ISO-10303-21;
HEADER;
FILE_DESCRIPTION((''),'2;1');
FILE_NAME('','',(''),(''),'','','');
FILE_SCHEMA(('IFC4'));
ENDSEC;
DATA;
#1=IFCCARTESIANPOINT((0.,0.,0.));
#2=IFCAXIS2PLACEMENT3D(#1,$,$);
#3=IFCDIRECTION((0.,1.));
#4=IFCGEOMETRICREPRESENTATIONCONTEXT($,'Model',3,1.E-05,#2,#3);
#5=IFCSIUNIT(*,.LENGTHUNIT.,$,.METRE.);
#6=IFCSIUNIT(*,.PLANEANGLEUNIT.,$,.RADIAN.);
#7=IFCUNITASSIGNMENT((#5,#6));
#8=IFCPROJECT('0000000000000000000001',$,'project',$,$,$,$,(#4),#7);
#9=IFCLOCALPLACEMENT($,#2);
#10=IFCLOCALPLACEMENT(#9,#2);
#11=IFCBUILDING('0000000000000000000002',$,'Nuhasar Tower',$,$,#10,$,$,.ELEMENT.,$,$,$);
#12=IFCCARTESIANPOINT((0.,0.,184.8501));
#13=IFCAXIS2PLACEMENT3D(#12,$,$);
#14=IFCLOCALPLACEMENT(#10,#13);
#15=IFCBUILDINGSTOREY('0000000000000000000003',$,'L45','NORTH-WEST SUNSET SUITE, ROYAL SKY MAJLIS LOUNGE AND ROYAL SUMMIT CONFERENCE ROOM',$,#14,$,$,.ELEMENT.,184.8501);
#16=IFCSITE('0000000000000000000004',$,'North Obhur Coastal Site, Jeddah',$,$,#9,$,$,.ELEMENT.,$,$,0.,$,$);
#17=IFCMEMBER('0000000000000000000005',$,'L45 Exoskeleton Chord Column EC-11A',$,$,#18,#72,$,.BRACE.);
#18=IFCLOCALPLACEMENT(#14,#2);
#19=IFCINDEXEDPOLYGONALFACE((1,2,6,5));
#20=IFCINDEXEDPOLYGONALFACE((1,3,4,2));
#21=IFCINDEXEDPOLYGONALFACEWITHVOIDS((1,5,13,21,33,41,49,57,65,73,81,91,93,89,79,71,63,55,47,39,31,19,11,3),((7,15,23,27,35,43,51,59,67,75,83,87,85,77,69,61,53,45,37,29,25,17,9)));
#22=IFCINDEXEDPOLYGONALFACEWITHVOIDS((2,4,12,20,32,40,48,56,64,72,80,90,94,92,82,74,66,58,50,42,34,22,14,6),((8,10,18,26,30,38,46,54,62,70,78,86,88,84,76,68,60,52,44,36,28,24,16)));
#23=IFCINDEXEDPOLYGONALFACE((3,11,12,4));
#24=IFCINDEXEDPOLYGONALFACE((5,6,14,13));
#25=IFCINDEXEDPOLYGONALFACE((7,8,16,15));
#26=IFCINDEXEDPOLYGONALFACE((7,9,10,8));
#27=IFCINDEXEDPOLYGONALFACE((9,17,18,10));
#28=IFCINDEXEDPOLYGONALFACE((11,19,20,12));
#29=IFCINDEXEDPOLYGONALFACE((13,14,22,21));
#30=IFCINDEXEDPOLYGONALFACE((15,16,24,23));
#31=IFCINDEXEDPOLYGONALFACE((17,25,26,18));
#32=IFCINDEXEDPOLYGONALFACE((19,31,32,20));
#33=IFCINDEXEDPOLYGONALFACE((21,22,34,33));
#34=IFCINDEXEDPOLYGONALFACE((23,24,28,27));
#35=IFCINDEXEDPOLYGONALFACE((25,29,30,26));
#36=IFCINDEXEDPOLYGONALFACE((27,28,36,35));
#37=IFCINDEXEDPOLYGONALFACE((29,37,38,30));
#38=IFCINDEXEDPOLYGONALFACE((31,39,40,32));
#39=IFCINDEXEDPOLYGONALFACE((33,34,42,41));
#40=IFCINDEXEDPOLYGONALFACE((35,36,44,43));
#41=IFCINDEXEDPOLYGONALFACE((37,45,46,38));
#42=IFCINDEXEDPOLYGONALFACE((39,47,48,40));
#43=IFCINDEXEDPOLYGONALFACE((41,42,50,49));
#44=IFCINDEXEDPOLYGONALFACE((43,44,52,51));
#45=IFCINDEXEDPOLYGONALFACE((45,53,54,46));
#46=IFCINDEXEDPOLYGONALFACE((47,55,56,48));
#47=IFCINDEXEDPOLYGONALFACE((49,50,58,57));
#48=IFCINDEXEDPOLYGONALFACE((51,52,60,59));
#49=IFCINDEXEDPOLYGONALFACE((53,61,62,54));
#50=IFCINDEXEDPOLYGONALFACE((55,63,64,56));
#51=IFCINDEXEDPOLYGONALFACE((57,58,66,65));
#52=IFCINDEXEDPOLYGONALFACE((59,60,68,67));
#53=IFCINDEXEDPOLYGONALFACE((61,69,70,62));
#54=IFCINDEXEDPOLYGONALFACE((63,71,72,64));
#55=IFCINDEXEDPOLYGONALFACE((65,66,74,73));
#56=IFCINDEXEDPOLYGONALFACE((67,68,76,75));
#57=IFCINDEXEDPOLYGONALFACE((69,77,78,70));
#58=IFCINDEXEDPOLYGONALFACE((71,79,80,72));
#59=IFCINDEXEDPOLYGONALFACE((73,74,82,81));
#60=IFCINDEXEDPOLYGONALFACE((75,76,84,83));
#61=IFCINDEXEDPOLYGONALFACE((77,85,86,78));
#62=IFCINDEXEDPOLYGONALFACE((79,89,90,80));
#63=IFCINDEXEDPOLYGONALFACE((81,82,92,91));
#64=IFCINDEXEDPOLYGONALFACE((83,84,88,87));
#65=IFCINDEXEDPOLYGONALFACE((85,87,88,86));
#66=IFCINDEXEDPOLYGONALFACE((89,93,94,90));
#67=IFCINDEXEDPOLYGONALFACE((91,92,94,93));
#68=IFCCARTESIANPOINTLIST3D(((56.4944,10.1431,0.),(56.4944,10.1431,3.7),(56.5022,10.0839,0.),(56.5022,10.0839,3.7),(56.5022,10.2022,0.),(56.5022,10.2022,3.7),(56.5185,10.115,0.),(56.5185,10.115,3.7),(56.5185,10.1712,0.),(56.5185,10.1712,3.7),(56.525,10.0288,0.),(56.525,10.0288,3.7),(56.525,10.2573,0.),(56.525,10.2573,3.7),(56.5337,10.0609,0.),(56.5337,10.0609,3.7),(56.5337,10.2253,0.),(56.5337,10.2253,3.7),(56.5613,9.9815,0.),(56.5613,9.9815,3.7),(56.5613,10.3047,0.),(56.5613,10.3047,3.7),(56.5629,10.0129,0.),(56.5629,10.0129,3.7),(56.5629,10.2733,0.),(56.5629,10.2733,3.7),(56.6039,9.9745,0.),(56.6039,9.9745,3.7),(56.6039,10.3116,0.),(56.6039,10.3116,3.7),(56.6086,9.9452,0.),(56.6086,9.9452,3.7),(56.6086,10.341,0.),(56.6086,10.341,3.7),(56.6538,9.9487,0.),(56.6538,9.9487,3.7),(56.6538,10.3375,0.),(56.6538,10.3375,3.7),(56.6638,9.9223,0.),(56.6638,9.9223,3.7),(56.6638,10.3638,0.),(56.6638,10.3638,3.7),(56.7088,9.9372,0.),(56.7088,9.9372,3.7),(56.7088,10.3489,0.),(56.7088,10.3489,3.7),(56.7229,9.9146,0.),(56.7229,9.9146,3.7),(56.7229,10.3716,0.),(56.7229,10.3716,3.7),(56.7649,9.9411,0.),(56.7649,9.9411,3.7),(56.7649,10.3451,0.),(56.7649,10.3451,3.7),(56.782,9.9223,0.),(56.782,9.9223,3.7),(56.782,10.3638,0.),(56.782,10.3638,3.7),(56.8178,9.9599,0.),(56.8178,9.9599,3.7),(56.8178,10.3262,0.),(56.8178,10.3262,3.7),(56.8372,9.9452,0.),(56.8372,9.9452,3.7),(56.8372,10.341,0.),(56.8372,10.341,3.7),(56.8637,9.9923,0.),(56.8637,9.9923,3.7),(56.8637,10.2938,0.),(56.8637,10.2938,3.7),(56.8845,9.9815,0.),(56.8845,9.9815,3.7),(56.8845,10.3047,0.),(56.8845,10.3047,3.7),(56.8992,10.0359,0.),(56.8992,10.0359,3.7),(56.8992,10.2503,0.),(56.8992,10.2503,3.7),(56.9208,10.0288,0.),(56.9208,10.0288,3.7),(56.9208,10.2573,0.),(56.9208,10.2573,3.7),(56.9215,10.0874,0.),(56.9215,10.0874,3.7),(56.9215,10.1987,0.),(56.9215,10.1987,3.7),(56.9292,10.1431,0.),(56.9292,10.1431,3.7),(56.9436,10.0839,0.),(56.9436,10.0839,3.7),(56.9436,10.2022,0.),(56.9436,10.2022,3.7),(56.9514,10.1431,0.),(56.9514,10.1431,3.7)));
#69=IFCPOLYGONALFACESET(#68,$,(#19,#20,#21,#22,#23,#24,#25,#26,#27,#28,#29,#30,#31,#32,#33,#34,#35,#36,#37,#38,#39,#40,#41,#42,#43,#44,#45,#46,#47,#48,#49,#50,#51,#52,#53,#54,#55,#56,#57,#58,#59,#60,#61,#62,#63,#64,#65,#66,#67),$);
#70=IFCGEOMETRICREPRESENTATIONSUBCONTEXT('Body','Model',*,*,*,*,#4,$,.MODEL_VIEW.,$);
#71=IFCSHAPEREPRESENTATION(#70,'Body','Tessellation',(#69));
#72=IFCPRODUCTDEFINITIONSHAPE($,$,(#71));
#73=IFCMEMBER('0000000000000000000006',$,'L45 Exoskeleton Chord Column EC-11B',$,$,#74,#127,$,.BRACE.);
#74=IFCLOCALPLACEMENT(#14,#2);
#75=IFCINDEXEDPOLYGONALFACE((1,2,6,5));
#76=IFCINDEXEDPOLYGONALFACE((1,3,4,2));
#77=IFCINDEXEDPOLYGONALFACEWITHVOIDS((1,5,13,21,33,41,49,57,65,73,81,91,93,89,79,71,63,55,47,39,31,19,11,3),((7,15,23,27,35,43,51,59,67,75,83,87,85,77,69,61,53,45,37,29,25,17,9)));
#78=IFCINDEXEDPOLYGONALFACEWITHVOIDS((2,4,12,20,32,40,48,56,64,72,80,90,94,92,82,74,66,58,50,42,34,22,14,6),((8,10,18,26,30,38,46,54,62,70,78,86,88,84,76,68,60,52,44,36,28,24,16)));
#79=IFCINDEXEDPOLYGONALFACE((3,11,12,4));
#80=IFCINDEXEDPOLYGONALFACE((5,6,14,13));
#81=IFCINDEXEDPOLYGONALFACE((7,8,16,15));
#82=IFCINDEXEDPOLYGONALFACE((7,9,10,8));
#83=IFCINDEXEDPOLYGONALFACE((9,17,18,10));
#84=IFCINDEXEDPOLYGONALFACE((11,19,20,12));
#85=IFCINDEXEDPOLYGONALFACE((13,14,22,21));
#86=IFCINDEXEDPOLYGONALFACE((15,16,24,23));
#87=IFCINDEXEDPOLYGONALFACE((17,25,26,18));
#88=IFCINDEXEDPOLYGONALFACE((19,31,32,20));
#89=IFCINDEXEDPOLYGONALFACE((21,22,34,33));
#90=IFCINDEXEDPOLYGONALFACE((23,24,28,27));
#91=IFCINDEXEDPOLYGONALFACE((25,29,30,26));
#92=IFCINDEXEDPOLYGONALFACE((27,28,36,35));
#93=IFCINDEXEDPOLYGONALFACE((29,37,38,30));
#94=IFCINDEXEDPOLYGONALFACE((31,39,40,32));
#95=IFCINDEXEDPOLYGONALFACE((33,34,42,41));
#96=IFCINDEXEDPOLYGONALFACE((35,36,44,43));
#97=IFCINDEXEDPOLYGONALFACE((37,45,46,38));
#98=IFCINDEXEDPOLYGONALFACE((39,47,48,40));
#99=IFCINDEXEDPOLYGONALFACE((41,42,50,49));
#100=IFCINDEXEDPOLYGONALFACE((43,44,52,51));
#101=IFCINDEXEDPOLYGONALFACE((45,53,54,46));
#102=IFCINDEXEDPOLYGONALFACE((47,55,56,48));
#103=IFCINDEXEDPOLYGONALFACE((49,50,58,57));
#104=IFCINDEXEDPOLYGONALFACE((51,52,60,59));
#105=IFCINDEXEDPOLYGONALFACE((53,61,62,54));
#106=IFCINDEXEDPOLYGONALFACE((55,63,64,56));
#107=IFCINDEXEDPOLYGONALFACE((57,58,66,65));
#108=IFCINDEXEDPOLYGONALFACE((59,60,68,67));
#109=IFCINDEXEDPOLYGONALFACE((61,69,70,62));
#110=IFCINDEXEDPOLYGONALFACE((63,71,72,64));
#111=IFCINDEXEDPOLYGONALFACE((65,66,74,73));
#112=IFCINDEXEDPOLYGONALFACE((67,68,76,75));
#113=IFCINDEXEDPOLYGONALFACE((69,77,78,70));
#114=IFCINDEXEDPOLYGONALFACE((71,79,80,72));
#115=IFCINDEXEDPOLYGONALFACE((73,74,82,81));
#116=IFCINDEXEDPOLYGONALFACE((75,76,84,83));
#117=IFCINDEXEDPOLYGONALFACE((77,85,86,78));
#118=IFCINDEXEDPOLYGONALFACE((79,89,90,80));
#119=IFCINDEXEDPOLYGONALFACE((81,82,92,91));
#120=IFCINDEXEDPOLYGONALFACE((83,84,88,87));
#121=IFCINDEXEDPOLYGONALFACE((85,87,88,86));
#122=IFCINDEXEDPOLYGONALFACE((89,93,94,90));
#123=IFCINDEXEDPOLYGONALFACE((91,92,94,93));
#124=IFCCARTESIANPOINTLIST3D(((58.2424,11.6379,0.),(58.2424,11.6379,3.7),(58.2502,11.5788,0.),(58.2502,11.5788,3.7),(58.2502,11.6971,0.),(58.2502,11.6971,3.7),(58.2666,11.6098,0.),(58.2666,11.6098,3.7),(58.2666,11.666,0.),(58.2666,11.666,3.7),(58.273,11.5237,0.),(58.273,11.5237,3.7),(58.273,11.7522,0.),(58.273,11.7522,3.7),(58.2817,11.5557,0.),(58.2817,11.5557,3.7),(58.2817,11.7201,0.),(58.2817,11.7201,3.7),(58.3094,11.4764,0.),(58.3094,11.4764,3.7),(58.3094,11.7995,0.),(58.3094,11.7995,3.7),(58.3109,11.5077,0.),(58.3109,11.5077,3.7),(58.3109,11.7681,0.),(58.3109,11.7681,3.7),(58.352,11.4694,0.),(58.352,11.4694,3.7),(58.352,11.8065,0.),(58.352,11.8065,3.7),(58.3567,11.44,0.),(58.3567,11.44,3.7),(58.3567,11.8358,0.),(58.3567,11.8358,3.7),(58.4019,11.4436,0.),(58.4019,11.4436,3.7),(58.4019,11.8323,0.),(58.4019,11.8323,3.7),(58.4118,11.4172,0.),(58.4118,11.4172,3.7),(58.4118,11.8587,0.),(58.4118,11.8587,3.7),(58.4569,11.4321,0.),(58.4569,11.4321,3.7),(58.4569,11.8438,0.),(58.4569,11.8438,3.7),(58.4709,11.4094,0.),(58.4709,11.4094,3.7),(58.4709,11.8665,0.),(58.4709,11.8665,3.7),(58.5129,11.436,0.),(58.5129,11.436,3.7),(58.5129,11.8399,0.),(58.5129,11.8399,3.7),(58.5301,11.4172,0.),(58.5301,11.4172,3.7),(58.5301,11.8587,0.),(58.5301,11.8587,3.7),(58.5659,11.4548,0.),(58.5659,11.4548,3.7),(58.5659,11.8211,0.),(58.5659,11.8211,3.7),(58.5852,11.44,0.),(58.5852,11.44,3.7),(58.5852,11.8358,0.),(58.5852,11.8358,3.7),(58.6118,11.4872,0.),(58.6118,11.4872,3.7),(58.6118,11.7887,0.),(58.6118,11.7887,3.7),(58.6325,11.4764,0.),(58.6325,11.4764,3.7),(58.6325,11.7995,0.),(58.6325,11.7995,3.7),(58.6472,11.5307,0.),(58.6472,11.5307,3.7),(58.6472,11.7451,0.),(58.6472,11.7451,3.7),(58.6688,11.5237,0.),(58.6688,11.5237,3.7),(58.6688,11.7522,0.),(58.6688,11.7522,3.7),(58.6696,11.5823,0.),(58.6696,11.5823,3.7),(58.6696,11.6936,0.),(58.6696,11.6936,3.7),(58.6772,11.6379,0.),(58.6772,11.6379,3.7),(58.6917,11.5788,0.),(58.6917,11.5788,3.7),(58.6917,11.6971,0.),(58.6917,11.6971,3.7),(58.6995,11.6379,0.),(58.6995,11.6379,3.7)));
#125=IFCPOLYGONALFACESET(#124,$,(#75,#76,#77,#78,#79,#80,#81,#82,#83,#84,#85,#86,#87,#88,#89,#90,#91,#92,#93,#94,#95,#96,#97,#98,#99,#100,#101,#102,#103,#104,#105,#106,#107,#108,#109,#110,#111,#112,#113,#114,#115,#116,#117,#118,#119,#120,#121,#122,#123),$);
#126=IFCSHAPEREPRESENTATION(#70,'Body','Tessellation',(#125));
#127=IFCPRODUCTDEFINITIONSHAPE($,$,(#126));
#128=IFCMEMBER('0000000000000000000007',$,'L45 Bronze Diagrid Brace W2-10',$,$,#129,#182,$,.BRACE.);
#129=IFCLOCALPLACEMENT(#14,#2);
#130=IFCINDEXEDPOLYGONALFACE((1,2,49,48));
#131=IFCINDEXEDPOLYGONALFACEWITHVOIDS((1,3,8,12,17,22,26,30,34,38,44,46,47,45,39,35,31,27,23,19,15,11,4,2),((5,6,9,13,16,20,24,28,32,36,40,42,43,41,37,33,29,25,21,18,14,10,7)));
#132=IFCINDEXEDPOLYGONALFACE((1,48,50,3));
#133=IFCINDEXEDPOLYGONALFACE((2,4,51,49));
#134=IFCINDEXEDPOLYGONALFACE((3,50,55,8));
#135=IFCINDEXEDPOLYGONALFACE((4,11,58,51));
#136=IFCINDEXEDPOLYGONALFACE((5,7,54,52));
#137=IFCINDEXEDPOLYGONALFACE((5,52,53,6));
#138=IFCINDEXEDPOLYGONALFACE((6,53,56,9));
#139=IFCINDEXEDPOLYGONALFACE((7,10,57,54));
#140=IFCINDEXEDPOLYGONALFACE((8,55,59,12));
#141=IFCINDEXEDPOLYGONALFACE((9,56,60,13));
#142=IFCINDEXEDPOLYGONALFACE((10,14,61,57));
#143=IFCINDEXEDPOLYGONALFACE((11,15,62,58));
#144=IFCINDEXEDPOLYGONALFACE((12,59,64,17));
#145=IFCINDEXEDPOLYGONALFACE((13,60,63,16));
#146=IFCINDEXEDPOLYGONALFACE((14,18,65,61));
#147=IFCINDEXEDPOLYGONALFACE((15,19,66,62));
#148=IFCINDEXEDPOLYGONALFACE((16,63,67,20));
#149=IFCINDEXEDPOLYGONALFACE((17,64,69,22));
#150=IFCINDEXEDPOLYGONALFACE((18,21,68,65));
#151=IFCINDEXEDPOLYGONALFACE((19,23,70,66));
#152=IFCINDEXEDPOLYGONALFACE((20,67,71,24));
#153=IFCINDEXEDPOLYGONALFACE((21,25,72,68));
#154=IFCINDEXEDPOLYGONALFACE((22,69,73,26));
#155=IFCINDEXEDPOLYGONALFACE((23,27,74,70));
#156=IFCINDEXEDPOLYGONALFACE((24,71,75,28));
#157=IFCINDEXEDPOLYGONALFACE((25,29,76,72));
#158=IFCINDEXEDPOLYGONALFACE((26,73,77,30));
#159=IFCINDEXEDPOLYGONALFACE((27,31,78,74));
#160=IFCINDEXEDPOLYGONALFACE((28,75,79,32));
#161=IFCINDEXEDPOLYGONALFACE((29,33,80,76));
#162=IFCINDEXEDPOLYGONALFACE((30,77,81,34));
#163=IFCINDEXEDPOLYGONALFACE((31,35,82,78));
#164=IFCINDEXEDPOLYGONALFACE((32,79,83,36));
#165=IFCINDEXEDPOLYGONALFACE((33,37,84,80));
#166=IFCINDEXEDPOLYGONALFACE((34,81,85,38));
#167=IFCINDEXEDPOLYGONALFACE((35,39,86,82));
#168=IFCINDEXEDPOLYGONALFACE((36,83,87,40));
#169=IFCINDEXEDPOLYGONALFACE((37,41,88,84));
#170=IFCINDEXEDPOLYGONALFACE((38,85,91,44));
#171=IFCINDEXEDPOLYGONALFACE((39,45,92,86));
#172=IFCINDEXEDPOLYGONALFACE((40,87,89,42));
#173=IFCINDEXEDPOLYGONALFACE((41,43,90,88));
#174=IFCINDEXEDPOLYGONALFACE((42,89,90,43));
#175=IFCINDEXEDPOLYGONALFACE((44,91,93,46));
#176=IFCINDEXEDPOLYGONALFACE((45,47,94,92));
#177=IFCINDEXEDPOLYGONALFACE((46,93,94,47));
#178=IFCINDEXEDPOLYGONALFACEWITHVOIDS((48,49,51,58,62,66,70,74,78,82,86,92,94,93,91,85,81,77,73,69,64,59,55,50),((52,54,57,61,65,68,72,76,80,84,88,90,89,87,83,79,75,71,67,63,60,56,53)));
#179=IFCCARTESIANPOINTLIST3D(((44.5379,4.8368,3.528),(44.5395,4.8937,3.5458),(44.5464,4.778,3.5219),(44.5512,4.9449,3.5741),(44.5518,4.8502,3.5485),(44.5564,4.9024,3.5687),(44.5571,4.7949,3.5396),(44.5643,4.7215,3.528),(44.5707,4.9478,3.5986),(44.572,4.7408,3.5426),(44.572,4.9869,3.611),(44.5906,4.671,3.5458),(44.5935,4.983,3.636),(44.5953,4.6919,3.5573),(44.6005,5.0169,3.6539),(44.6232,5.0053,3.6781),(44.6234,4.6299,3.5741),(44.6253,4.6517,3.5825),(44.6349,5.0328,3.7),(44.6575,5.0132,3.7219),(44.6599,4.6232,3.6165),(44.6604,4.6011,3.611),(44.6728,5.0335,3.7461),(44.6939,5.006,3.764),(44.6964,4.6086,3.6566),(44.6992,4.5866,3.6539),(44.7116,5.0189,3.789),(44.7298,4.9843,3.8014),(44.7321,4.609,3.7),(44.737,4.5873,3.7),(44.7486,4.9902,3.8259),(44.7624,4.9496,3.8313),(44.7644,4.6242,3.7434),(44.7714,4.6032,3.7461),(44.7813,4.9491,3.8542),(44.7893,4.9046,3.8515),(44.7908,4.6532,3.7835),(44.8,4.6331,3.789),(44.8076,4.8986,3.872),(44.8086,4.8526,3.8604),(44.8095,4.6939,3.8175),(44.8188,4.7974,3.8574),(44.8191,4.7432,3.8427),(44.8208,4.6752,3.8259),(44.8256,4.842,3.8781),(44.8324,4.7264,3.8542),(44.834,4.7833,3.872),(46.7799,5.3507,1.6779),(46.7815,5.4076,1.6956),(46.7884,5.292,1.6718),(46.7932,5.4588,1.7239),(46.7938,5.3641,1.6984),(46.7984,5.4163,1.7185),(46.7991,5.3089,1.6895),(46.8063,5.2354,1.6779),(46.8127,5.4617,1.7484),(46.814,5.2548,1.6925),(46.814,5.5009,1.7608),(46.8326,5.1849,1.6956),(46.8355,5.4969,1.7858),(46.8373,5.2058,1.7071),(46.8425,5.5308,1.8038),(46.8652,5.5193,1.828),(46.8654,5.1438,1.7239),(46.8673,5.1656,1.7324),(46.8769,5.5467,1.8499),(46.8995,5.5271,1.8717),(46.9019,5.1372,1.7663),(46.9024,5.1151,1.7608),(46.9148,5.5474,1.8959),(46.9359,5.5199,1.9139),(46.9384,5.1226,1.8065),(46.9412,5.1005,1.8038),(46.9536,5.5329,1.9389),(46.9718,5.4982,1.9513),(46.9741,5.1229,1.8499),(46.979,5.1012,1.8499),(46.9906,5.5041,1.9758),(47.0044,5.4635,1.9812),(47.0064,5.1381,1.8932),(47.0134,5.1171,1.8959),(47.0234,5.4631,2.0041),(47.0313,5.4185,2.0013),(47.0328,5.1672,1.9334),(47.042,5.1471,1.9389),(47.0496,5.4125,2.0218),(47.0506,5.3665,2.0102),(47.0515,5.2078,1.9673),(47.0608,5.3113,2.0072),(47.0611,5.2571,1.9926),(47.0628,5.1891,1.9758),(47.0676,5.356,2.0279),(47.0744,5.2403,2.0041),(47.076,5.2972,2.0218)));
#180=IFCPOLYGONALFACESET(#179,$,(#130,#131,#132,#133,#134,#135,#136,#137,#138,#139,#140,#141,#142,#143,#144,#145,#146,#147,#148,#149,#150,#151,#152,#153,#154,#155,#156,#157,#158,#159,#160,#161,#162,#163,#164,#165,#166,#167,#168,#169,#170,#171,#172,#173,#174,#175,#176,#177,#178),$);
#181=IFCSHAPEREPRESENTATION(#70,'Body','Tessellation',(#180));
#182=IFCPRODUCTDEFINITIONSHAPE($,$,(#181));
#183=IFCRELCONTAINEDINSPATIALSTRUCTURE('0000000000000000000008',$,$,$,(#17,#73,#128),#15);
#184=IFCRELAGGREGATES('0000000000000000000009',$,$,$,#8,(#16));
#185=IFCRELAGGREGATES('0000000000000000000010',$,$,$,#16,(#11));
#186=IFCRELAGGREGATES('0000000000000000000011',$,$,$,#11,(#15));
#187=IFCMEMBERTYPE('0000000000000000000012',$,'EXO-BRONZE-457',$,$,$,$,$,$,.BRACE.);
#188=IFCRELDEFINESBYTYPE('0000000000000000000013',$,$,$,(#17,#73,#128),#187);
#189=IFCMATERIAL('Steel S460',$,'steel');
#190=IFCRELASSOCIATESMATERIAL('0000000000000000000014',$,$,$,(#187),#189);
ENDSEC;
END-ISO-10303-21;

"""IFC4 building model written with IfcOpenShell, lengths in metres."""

from ifc_helpers import new_model, si_unit, direction, frame, origin, origin_2d, place, context, subcontext, project, spatial, hollow_circle, extrude, material, material_profile, profile_set, type_object, element, save


model = new_model("IFC4")

# Units and contexts
model_context = context("Model", 3, precision=1e-05, world=origin(), true_north=direction((0.0, 1.0)))
body_context = subcontext(model_context, "Body", "Model", "MODEL_VIEW")
ifc_project = project(units=[si_unit("LENGTHUNIT", "METRE"), si_unit("PLANEANGLEUNIT", "RADIAN")], contexts=[model_context])

# Site, building, storey
site_placement = place(None, origin())
site = spatial("IfcSite", under=ifc_project, at=site_placement, Name="North Obhur Coastal Site, Jeddah", CompositionType="ELEMENT", RefElevation=0.0)
building_placement = place(site_placement, origin())
building = spatial("IfcBuilding", under=site, at=building_placement, Name="Nuhasar Tower", CompositionType="ELEMENT")
storey_placement = place(building_placement, frame((0.0, 0.0, 184.8501)))
storey = spatial("IfcBuildingStorey", under=building, at=storey_placement, Name="L45", Description="NORTH-WEST SUNSET SUITE, ROYAL SKY MAJLIS LOUNGE AND ROYAL SUMMIT CONFERENCE ROOM", CompositionType="ELEMENT", Elevation=184.8501)

# Members
ifc_material_1 = material(Name="Steel S460", Category="steel")
ifc_material_profile_1 = material_profile(ifc_material_1, hollow_circle(Radius=0.2285, WallThickness=0.0222, at=origin_2d()), Name="HSS457X22.2")
ifc_profile_set_1 = profile_set([ifc_material_profile_1], Name="Steel S460")
member_type_1 = type_object("IfcMemberType", Name="EXO-BRONZE-457", PredefinedType="BRACE", material=ifc_profile_set_1)
for number, where, z_axis, x_axis, name in (
    (1, (56.7229, 10.1431, 0.0), (0.0, 0.0, 1.0), (1.0, 0.0, 0.0), "L45 Exoskeleton Chord Column EC-11A"),
    (2, (58.4709, 11.6379, 0.0), (0.0, 0.0, 1.0), (1.0, 0.0, 0.0), "L45 Exoskeleton Chord Column EC-11B"),
):
    element("IfcMember", number, at=place(storey_placement, frame(where, z_axis=z_axis, x_axis=x_axis)), inside=storey, type_object=member_type_1, Name=name, PredefinedType="BRACE", context=body_context, shape_type="SweptSolid", body=[
        extrude(hollow_circle(Radius=0.2285, WallThickness=0.0222, at=origin_2d()), origin(), (0.0, 0.0, 1.0), 3.7),
    ])
member_1_placement = place(storey_placement, frame((46.928, 5.324, 1.8499), z_axis=(-0.75951, -0.174101, 0.626764), x_axis=(0.223433, -0.974719, 0.0)))
element("IfcMember", 3, at=member_1_placement, inside=storey, type_object=member_type_1, Name="L45 Bronze Diagrid Brace W2-10", PredefinedType="BRACE", context=body_context, shape_type="SweptSolid", body=[
    extrude(hollow_circle(Radius=0.2285, WallThickness=0.0222, at=origin_2d()), origin(), (0.0, 0.0, 1.0), 2.9519),
])

save(model, "model.ifc")
